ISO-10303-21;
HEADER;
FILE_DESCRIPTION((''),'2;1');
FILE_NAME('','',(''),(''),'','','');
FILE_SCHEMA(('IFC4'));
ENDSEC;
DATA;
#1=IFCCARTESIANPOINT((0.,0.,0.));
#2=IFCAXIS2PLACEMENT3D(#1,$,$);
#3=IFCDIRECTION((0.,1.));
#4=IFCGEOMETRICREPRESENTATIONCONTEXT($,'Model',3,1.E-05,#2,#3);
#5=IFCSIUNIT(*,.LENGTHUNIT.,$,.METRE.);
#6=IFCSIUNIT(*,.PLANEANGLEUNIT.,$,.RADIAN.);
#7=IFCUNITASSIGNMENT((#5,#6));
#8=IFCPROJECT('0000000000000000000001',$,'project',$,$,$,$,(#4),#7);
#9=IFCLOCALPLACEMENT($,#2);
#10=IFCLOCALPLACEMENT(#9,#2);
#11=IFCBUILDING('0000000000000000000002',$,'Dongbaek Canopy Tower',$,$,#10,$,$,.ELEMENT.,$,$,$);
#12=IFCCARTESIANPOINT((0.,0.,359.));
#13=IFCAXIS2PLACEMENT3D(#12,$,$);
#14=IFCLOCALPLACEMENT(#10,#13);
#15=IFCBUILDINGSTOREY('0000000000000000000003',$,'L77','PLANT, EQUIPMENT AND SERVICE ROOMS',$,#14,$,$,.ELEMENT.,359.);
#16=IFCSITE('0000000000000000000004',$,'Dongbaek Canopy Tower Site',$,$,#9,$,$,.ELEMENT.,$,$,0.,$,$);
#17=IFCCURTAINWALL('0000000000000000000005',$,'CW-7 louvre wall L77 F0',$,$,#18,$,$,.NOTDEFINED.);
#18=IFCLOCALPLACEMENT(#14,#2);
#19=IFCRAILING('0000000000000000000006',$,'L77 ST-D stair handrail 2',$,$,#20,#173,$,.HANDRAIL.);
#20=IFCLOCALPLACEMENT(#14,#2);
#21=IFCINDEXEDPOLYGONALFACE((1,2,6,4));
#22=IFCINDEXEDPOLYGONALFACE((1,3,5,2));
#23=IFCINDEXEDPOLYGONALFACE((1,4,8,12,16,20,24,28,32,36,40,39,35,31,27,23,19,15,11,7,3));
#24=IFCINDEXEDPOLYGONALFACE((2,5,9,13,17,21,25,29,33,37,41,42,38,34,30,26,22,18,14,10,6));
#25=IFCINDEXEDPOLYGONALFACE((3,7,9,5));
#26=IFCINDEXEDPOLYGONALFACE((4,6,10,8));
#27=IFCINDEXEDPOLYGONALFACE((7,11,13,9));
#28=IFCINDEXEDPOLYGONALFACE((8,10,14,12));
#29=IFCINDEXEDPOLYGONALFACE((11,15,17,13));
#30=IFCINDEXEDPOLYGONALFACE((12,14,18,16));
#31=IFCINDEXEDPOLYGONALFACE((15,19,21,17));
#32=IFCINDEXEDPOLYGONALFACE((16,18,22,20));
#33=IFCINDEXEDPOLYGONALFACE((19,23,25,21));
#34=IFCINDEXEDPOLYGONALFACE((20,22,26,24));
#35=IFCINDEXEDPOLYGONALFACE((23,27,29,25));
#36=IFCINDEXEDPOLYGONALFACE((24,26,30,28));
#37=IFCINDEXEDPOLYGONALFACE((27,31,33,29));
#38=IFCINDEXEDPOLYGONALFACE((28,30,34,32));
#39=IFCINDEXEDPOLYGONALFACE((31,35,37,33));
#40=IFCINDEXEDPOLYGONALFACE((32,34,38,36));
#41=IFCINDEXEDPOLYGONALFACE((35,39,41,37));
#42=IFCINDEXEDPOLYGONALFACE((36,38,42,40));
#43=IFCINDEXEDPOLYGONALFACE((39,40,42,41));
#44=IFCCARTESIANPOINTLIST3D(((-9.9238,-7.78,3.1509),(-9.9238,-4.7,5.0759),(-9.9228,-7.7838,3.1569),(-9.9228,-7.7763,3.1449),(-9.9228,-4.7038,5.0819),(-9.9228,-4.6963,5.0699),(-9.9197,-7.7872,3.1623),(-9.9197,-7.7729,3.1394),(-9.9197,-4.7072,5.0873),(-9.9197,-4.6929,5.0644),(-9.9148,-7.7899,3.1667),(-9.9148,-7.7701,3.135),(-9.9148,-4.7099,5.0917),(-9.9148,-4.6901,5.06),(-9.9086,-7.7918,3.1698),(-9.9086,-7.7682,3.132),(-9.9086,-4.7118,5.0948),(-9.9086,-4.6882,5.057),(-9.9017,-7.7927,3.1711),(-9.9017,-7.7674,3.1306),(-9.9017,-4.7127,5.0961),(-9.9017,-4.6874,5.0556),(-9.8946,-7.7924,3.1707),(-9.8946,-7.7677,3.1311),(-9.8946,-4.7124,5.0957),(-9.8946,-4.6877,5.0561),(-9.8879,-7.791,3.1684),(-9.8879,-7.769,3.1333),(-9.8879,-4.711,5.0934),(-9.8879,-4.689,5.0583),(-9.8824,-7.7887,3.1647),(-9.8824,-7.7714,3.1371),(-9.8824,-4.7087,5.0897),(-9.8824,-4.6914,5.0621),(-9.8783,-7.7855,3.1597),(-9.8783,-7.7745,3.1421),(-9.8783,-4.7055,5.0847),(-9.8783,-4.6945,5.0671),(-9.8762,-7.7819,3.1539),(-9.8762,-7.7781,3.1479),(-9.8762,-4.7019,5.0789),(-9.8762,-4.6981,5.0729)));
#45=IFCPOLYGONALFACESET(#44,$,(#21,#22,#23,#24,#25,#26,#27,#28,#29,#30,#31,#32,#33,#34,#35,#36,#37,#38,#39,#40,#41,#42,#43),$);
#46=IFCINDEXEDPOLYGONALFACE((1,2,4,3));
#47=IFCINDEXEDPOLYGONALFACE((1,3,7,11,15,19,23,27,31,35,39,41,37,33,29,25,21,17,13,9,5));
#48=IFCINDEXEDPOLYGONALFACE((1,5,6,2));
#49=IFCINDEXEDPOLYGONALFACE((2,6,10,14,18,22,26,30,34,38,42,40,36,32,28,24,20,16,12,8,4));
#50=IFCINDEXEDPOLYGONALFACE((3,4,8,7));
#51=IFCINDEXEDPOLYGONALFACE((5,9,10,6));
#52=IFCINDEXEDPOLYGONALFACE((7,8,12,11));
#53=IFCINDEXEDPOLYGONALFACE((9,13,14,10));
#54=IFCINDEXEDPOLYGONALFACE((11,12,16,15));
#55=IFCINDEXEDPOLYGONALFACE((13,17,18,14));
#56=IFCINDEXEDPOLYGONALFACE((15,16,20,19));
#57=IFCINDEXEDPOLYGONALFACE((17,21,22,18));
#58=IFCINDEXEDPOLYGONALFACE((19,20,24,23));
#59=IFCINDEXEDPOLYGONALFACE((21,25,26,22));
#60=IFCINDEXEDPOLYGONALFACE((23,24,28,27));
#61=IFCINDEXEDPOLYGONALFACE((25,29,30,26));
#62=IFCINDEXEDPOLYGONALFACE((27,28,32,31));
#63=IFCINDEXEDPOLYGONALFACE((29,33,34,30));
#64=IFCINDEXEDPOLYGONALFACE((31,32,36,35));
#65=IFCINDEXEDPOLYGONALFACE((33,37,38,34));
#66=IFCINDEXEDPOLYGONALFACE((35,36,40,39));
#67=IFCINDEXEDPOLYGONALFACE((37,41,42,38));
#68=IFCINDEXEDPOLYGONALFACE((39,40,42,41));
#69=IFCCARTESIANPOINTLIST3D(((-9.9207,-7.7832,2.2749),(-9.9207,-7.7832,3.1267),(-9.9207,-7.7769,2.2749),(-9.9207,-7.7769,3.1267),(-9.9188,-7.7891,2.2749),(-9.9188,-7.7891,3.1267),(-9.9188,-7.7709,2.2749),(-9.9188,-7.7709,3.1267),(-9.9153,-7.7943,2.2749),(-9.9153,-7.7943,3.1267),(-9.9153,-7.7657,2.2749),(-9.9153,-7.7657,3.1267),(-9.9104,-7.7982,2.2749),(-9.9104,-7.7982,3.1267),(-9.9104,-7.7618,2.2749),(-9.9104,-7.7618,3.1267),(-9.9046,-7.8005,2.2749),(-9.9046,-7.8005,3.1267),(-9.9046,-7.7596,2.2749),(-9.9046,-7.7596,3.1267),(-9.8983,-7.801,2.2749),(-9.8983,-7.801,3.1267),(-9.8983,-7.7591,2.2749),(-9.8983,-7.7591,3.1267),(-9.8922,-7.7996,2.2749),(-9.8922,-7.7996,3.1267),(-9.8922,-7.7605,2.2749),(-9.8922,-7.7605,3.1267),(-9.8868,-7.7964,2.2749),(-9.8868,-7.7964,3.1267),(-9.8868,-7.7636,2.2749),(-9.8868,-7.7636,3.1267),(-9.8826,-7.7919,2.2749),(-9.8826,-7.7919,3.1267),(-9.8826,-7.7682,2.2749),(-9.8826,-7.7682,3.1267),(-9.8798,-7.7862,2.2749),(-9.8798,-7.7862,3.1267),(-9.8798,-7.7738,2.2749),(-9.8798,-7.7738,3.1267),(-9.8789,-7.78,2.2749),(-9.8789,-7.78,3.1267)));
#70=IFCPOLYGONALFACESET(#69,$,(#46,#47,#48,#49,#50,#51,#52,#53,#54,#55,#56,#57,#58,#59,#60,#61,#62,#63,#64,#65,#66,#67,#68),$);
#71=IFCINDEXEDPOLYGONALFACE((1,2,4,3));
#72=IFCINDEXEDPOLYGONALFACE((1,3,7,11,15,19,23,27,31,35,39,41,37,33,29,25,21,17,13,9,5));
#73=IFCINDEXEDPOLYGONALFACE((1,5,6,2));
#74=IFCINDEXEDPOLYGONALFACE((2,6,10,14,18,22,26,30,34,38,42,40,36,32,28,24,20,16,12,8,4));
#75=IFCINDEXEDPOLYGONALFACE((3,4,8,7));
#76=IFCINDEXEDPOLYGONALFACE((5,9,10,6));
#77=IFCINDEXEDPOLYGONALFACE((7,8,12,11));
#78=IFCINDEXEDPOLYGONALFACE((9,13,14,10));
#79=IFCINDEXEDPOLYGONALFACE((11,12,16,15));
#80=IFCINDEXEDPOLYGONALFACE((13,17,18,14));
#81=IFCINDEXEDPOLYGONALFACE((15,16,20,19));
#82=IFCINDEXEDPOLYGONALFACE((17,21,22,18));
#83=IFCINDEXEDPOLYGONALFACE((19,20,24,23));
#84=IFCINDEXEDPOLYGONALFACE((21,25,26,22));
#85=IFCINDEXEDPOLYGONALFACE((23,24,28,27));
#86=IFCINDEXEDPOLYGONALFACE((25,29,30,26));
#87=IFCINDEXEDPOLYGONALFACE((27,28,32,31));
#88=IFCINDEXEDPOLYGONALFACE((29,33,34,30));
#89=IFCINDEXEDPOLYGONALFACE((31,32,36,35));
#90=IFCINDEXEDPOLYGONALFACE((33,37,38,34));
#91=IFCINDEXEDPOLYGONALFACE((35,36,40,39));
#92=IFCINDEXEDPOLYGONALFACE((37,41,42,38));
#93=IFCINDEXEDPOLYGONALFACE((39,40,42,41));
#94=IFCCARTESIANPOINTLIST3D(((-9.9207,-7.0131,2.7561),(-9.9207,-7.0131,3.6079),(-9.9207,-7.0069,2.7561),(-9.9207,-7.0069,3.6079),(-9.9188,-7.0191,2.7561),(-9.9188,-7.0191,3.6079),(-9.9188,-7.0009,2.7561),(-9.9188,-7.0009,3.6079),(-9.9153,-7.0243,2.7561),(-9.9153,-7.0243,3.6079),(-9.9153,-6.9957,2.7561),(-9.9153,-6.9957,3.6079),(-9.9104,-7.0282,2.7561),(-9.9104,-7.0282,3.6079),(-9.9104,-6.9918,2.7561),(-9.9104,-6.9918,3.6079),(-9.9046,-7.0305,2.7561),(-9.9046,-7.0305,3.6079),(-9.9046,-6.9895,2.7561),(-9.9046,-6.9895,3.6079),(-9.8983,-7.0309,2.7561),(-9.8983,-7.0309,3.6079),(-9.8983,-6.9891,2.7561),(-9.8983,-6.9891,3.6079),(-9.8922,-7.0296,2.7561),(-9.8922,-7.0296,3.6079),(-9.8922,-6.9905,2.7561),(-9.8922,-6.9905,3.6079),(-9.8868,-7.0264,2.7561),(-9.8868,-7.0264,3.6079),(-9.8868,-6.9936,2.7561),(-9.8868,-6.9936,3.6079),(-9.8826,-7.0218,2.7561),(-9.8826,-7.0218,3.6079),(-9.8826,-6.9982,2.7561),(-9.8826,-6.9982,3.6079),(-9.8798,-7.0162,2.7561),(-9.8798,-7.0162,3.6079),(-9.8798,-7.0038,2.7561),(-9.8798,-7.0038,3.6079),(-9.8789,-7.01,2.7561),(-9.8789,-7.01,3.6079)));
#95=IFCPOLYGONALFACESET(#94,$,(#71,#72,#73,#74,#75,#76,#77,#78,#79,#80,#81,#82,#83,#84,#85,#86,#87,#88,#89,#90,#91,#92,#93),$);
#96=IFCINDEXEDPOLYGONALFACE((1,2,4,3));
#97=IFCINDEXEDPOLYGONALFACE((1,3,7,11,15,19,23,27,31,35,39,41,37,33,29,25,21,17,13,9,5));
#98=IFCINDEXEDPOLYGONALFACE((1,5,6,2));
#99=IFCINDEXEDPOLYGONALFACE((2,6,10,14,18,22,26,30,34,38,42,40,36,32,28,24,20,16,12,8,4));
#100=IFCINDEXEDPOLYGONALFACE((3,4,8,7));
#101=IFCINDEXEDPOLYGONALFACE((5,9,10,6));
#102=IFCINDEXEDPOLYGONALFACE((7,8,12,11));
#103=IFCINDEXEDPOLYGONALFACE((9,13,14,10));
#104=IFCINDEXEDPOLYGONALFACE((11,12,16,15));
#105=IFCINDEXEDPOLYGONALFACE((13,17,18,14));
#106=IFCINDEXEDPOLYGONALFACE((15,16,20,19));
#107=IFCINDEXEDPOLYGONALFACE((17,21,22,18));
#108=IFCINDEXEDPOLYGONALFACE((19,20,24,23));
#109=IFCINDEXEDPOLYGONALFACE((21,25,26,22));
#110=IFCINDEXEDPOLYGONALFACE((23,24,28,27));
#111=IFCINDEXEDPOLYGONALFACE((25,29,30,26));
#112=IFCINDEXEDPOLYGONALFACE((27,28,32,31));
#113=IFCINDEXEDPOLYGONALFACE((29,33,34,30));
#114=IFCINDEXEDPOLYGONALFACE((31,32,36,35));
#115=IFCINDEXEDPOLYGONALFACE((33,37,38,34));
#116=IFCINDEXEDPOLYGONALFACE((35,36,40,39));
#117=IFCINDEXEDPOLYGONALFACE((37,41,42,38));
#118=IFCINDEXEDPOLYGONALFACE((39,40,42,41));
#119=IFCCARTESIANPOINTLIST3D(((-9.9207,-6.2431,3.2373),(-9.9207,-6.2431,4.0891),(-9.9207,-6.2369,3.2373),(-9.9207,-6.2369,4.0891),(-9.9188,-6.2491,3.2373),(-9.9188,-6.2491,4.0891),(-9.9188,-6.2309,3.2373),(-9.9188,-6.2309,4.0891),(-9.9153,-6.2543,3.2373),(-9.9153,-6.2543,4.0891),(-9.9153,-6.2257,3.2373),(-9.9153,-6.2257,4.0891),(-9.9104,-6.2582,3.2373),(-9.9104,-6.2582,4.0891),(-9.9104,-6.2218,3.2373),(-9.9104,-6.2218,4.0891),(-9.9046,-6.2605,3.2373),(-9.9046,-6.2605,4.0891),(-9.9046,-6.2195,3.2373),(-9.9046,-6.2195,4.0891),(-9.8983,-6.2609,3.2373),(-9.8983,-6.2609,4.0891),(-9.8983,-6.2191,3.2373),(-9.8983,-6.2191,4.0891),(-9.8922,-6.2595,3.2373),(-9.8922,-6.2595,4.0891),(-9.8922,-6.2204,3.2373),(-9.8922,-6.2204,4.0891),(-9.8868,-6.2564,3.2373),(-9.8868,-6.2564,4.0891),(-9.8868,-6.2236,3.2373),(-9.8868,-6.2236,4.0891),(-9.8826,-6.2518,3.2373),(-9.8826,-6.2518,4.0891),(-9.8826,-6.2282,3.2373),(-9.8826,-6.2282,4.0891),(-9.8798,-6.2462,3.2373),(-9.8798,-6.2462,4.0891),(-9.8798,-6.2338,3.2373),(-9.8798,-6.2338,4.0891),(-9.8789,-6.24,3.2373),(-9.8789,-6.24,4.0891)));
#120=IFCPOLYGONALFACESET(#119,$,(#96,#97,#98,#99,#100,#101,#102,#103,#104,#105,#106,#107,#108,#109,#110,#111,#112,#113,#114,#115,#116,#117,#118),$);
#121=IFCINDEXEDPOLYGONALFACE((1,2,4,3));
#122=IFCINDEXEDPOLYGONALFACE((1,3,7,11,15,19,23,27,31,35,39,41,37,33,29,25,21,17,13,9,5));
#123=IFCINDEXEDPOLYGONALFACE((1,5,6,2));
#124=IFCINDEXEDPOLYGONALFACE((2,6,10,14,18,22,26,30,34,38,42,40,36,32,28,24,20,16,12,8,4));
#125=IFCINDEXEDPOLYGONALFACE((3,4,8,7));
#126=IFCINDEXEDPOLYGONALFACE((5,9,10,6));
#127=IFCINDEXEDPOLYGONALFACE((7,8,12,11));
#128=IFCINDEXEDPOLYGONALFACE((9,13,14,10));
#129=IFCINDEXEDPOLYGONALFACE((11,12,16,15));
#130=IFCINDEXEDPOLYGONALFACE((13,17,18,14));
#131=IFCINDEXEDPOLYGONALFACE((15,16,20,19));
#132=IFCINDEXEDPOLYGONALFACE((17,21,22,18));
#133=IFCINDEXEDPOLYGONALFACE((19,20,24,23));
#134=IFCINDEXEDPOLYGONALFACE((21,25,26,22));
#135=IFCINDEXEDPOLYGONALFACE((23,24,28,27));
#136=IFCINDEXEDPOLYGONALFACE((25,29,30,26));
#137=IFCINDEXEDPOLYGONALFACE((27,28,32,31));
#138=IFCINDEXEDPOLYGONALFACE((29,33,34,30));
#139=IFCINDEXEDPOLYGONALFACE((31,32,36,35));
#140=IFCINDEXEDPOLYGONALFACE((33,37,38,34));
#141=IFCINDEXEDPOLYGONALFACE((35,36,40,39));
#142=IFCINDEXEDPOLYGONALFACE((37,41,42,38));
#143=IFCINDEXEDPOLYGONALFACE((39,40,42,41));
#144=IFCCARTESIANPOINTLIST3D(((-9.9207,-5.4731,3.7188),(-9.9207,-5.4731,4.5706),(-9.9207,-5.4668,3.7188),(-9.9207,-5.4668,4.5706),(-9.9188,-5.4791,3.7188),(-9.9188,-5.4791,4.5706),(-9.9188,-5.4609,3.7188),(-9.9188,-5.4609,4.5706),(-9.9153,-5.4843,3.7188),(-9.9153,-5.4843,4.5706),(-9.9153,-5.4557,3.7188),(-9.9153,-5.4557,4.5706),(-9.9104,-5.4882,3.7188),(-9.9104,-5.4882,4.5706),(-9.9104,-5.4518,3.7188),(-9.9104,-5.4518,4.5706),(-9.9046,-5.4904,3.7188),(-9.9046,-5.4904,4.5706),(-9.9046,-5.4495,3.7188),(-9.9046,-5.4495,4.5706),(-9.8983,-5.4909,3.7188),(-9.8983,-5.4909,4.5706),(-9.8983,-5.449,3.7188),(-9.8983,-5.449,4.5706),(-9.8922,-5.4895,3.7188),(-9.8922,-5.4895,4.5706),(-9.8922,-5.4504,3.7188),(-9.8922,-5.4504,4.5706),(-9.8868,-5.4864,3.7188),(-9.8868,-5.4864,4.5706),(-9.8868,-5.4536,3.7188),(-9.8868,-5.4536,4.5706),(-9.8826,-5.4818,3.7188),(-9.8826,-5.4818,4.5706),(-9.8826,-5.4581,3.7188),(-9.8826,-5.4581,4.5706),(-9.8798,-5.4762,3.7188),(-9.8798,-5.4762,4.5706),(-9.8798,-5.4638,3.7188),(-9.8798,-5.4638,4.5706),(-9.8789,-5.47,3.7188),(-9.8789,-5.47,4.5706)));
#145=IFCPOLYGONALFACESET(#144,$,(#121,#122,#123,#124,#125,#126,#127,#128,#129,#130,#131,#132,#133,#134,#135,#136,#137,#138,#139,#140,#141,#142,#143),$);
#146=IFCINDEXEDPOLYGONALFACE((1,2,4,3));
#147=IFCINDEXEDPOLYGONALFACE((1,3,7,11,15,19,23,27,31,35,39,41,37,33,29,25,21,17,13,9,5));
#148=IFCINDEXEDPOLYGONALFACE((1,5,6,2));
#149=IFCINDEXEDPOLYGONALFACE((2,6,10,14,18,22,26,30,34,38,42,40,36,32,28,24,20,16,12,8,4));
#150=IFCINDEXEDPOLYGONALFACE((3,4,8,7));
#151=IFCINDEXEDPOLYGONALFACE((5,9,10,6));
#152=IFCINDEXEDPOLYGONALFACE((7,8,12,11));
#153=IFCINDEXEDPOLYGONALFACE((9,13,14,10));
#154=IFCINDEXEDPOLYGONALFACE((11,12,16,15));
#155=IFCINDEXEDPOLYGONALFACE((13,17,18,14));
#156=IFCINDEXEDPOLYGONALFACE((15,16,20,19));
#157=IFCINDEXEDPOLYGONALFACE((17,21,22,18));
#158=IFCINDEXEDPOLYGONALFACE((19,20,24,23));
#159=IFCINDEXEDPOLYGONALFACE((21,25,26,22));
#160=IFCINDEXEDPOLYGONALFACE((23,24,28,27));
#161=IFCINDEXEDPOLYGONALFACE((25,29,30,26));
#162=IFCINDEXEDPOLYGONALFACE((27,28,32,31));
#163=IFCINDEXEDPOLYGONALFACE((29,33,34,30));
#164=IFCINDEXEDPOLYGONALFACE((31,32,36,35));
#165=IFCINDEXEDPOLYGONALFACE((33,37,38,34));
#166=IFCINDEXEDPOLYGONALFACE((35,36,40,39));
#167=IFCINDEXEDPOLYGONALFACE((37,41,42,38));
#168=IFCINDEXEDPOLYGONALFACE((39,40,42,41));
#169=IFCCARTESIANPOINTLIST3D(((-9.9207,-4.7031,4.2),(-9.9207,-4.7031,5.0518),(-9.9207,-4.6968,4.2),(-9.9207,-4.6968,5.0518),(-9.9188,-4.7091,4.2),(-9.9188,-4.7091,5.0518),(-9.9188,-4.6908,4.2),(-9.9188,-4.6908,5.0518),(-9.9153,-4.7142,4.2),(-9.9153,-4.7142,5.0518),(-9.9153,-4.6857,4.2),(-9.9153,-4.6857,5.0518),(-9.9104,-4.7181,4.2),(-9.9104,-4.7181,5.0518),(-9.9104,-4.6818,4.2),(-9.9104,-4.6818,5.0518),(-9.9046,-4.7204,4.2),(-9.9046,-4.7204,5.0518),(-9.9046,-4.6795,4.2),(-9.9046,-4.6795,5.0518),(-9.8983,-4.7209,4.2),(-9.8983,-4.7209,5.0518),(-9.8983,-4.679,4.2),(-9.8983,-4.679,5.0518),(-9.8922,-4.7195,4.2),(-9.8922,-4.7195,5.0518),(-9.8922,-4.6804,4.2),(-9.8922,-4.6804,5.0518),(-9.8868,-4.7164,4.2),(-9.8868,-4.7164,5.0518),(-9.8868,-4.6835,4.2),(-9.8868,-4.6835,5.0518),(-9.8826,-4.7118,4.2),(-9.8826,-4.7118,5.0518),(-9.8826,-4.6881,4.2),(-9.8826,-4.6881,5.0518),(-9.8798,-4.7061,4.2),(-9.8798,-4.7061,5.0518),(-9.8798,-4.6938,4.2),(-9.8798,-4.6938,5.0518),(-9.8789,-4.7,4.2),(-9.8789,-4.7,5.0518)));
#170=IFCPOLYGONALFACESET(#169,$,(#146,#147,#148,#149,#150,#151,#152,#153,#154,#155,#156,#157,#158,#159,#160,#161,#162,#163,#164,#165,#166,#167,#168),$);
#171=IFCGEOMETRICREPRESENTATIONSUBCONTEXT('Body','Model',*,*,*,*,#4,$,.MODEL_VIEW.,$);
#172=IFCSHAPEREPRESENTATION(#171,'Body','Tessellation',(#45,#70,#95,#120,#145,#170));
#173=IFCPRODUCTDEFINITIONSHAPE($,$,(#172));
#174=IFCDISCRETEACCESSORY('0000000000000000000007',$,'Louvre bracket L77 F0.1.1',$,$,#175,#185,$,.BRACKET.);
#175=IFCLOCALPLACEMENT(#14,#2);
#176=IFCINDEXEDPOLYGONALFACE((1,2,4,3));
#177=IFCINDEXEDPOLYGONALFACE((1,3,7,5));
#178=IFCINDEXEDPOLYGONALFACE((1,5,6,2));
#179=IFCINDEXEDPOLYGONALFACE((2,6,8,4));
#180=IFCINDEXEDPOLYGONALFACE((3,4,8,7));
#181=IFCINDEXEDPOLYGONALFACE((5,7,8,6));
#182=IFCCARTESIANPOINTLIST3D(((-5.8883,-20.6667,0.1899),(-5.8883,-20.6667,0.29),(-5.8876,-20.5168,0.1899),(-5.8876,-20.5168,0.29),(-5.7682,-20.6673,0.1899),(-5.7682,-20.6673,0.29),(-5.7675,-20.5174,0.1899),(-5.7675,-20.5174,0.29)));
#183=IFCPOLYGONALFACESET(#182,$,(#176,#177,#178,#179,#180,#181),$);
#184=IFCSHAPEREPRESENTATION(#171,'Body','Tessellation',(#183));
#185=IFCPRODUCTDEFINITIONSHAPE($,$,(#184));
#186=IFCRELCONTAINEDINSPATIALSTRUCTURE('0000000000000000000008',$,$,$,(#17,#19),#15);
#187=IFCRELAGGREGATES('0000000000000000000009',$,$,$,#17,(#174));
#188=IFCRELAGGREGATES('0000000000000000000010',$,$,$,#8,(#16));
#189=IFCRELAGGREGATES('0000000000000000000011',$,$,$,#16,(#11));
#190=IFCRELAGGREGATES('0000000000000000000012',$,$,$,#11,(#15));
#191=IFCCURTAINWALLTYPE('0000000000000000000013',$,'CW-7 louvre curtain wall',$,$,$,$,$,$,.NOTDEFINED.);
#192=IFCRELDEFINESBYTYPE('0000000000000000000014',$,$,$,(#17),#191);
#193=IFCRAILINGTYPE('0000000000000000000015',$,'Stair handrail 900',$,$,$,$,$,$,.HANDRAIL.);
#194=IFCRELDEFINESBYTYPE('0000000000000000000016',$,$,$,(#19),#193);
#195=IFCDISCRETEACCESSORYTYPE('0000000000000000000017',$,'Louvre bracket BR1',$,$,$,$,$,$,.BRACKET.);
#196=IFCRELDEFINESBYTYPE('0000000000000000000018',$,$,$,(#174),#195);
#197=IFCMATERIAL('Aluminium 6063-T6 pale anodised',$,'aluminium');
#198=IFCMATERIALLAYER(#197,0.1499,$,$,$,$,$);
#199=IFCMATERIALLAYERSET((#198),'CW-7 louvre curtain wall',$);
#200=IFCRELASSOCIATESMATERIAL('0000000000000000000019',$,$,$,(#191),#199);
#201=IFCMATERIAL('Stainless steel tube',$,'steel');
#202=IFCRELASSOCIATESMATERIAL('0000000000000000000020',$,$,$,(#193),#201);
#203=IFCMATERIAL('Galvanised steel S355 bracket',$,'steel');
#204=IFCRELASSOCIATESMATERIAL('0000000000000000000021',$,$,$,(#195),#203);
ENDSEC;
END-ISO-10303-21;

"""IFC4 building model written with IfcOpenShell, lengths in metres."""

from ifc_helpers import new_model, si_unit, direction, frame, origin, origin_2d, place, context, subcontext, project, spatial, rectangle, circle, extrude, material, layer, layer_set, type_object, element, aggregate, save


model = new_model("IFC4")

# Units and contexts
model_context = context("Model", 3, precision=1e-05, world=origin(), true_north=direction((0.0, 1.0)))
body_context = subcontext(model_context, "Body", "Model", "MODEL_VIEW")
ifc_project = project(units=[si_unit("LENGTHUNIT", "METRE"), si_unit("PLANEANGLEUNIT", "RADIAN")], contexts=[model_context])

# Site, building, storey
site_placement = place(None, origin())
site = spatial("IfcSite", under=ifc_project, at=site_placement, Name="Dongbaek Canopy Tower Site", CompositionType="ELEMENT", RefElevation=0.0)
building_placement = place(site_placement, origin())
building = spatial("IfcBuilding", under=site, at=building_placement, Name="Dongbaek Canopy Tower", CompositionType="ELEMENT")
storey_placement = place(building_placement, frame((0.0, 0.0, 359.0)))
storey = spatial("IfcBuildingStorey", under=building, at=storey_placement, Name="L77", Description="PLANT, EQUIPMENT AND SERVICE ROOMS", CompositionType="ELEMENT", Elevation=359.0)

# Curtain wall
ifc_material_1 = material(Name="Aluminium 6063-T6 pale anodised", Category="aluminium")
ifc_layer_1 = layer(ifc_material_1, 0.1499)
ifc_layer_set_1 = layer_set([ifc_layer_1], Name="CW-7 louvre curtain wall")
curtain_wall_type = type_object("IfcCurtainWallType", Name="CW-7 louvre curtain wall", PredefinedType="NOTDEFINED", material=ifc_layer_set_1)
curtain_wall_1_placement = place(storey_placement, origin())
curtain_wall_1 = element("IfcCurtainWall", 1, at=curtain_wall_1_placement, inside=storey, type_object=curtain_wall_type, Name="CW-7 louvre wall L77 F0", PredefinedType="NOTDEFINED")

# Railing
ifc_material_2 = material(Name="Stainless steel tube", Category="steel")
railing_type_1 = type_object("IfcRailingType", Name="Stair handrail 900", PredefinedType="HANDRAIL", material=ifc_material_2)
railing_1_placement = place(storey_placement, frame((-9.8999, -7.78, 2.2749)))
element("IfcRailing", 2, at=railing_1_placement, inside=storey, type_object=railing_type_1, Name="L77 ST-D stair handrail 2", PredefinedType="HANDRAIL", context=body_context, shape_type="SweptSolid", body=[
    extrude(circle(Radius=0.0239, at=origin_2d()), frame((0.0, 0.0, 0.876), z_axis=(0.0, 0.847998, 0.529999), x_axis=(-1.0, 0.0, 0.0)), (0.0, 0.0, 1.0), 3.6321),
    extrude(circle(Radius=0.021, at=origin_2d()), origin(), (0.0, 0.0, 1.0), 0.8518),
    extrude(circle(Radius=0.021, at=origin_2d()), frame((0.0, 0.77, 0.4812)), (0.0, 0.0, 1.0), 0.8518),
    extrude(circle(Radius=0.021, at=origin_2d()), frame((0.0, 1.54, 0.9624)), (0.0, 0.0, 1.0), 0.8518),
    extrude(circle(Radius=0.021, at=origin_2d()), frame((0.0, 2.3101, 1.4438)), (0.0, 0.0, 1.0), 0.8518),
    extrude(circle(Radius=0.021, at=origin_2d()), frame((0.0, 3.0801, 1.925)), (0.0, 0.0, 1.0), 0.8518),
])

# Discrete accessory
ifc_material_3 = material(Name="Galvanised steel S355 bracket", Category="steel")
discrete_accessory_type = type_object("IfcDiscreteAccessoryType", Name="Louvre bracket BR1", PredefinedType="BRACKET", material=ifc_material_3)
discrete_accessory_placement = place(storey_placement, frame((-5.8279, -20.592, 0.1899), z_axis=(0.0, 0.0, 1.0), x_axis=(0.99999, -0.004466, 0.0)))
discrete_accessory = element("IfcDiscreteAccessory", 3, at=discrete_accessory_placement, type_object=discrete_accessory_type, Name="Louvre bracket L77 F0.1.1", PredefinedType="BRACKET", context=body_context, shape_type="SweptSolid", body=[
    extrude(rectangle(XDim=0.1201, YDim=0.1499, at=origin_2d()), origin(), (0.0, 0.0, 1.0), 0.1001),
])
aggregate(curtain_wall_1, [discrete_accessory])

save(model, "model.ifc")
